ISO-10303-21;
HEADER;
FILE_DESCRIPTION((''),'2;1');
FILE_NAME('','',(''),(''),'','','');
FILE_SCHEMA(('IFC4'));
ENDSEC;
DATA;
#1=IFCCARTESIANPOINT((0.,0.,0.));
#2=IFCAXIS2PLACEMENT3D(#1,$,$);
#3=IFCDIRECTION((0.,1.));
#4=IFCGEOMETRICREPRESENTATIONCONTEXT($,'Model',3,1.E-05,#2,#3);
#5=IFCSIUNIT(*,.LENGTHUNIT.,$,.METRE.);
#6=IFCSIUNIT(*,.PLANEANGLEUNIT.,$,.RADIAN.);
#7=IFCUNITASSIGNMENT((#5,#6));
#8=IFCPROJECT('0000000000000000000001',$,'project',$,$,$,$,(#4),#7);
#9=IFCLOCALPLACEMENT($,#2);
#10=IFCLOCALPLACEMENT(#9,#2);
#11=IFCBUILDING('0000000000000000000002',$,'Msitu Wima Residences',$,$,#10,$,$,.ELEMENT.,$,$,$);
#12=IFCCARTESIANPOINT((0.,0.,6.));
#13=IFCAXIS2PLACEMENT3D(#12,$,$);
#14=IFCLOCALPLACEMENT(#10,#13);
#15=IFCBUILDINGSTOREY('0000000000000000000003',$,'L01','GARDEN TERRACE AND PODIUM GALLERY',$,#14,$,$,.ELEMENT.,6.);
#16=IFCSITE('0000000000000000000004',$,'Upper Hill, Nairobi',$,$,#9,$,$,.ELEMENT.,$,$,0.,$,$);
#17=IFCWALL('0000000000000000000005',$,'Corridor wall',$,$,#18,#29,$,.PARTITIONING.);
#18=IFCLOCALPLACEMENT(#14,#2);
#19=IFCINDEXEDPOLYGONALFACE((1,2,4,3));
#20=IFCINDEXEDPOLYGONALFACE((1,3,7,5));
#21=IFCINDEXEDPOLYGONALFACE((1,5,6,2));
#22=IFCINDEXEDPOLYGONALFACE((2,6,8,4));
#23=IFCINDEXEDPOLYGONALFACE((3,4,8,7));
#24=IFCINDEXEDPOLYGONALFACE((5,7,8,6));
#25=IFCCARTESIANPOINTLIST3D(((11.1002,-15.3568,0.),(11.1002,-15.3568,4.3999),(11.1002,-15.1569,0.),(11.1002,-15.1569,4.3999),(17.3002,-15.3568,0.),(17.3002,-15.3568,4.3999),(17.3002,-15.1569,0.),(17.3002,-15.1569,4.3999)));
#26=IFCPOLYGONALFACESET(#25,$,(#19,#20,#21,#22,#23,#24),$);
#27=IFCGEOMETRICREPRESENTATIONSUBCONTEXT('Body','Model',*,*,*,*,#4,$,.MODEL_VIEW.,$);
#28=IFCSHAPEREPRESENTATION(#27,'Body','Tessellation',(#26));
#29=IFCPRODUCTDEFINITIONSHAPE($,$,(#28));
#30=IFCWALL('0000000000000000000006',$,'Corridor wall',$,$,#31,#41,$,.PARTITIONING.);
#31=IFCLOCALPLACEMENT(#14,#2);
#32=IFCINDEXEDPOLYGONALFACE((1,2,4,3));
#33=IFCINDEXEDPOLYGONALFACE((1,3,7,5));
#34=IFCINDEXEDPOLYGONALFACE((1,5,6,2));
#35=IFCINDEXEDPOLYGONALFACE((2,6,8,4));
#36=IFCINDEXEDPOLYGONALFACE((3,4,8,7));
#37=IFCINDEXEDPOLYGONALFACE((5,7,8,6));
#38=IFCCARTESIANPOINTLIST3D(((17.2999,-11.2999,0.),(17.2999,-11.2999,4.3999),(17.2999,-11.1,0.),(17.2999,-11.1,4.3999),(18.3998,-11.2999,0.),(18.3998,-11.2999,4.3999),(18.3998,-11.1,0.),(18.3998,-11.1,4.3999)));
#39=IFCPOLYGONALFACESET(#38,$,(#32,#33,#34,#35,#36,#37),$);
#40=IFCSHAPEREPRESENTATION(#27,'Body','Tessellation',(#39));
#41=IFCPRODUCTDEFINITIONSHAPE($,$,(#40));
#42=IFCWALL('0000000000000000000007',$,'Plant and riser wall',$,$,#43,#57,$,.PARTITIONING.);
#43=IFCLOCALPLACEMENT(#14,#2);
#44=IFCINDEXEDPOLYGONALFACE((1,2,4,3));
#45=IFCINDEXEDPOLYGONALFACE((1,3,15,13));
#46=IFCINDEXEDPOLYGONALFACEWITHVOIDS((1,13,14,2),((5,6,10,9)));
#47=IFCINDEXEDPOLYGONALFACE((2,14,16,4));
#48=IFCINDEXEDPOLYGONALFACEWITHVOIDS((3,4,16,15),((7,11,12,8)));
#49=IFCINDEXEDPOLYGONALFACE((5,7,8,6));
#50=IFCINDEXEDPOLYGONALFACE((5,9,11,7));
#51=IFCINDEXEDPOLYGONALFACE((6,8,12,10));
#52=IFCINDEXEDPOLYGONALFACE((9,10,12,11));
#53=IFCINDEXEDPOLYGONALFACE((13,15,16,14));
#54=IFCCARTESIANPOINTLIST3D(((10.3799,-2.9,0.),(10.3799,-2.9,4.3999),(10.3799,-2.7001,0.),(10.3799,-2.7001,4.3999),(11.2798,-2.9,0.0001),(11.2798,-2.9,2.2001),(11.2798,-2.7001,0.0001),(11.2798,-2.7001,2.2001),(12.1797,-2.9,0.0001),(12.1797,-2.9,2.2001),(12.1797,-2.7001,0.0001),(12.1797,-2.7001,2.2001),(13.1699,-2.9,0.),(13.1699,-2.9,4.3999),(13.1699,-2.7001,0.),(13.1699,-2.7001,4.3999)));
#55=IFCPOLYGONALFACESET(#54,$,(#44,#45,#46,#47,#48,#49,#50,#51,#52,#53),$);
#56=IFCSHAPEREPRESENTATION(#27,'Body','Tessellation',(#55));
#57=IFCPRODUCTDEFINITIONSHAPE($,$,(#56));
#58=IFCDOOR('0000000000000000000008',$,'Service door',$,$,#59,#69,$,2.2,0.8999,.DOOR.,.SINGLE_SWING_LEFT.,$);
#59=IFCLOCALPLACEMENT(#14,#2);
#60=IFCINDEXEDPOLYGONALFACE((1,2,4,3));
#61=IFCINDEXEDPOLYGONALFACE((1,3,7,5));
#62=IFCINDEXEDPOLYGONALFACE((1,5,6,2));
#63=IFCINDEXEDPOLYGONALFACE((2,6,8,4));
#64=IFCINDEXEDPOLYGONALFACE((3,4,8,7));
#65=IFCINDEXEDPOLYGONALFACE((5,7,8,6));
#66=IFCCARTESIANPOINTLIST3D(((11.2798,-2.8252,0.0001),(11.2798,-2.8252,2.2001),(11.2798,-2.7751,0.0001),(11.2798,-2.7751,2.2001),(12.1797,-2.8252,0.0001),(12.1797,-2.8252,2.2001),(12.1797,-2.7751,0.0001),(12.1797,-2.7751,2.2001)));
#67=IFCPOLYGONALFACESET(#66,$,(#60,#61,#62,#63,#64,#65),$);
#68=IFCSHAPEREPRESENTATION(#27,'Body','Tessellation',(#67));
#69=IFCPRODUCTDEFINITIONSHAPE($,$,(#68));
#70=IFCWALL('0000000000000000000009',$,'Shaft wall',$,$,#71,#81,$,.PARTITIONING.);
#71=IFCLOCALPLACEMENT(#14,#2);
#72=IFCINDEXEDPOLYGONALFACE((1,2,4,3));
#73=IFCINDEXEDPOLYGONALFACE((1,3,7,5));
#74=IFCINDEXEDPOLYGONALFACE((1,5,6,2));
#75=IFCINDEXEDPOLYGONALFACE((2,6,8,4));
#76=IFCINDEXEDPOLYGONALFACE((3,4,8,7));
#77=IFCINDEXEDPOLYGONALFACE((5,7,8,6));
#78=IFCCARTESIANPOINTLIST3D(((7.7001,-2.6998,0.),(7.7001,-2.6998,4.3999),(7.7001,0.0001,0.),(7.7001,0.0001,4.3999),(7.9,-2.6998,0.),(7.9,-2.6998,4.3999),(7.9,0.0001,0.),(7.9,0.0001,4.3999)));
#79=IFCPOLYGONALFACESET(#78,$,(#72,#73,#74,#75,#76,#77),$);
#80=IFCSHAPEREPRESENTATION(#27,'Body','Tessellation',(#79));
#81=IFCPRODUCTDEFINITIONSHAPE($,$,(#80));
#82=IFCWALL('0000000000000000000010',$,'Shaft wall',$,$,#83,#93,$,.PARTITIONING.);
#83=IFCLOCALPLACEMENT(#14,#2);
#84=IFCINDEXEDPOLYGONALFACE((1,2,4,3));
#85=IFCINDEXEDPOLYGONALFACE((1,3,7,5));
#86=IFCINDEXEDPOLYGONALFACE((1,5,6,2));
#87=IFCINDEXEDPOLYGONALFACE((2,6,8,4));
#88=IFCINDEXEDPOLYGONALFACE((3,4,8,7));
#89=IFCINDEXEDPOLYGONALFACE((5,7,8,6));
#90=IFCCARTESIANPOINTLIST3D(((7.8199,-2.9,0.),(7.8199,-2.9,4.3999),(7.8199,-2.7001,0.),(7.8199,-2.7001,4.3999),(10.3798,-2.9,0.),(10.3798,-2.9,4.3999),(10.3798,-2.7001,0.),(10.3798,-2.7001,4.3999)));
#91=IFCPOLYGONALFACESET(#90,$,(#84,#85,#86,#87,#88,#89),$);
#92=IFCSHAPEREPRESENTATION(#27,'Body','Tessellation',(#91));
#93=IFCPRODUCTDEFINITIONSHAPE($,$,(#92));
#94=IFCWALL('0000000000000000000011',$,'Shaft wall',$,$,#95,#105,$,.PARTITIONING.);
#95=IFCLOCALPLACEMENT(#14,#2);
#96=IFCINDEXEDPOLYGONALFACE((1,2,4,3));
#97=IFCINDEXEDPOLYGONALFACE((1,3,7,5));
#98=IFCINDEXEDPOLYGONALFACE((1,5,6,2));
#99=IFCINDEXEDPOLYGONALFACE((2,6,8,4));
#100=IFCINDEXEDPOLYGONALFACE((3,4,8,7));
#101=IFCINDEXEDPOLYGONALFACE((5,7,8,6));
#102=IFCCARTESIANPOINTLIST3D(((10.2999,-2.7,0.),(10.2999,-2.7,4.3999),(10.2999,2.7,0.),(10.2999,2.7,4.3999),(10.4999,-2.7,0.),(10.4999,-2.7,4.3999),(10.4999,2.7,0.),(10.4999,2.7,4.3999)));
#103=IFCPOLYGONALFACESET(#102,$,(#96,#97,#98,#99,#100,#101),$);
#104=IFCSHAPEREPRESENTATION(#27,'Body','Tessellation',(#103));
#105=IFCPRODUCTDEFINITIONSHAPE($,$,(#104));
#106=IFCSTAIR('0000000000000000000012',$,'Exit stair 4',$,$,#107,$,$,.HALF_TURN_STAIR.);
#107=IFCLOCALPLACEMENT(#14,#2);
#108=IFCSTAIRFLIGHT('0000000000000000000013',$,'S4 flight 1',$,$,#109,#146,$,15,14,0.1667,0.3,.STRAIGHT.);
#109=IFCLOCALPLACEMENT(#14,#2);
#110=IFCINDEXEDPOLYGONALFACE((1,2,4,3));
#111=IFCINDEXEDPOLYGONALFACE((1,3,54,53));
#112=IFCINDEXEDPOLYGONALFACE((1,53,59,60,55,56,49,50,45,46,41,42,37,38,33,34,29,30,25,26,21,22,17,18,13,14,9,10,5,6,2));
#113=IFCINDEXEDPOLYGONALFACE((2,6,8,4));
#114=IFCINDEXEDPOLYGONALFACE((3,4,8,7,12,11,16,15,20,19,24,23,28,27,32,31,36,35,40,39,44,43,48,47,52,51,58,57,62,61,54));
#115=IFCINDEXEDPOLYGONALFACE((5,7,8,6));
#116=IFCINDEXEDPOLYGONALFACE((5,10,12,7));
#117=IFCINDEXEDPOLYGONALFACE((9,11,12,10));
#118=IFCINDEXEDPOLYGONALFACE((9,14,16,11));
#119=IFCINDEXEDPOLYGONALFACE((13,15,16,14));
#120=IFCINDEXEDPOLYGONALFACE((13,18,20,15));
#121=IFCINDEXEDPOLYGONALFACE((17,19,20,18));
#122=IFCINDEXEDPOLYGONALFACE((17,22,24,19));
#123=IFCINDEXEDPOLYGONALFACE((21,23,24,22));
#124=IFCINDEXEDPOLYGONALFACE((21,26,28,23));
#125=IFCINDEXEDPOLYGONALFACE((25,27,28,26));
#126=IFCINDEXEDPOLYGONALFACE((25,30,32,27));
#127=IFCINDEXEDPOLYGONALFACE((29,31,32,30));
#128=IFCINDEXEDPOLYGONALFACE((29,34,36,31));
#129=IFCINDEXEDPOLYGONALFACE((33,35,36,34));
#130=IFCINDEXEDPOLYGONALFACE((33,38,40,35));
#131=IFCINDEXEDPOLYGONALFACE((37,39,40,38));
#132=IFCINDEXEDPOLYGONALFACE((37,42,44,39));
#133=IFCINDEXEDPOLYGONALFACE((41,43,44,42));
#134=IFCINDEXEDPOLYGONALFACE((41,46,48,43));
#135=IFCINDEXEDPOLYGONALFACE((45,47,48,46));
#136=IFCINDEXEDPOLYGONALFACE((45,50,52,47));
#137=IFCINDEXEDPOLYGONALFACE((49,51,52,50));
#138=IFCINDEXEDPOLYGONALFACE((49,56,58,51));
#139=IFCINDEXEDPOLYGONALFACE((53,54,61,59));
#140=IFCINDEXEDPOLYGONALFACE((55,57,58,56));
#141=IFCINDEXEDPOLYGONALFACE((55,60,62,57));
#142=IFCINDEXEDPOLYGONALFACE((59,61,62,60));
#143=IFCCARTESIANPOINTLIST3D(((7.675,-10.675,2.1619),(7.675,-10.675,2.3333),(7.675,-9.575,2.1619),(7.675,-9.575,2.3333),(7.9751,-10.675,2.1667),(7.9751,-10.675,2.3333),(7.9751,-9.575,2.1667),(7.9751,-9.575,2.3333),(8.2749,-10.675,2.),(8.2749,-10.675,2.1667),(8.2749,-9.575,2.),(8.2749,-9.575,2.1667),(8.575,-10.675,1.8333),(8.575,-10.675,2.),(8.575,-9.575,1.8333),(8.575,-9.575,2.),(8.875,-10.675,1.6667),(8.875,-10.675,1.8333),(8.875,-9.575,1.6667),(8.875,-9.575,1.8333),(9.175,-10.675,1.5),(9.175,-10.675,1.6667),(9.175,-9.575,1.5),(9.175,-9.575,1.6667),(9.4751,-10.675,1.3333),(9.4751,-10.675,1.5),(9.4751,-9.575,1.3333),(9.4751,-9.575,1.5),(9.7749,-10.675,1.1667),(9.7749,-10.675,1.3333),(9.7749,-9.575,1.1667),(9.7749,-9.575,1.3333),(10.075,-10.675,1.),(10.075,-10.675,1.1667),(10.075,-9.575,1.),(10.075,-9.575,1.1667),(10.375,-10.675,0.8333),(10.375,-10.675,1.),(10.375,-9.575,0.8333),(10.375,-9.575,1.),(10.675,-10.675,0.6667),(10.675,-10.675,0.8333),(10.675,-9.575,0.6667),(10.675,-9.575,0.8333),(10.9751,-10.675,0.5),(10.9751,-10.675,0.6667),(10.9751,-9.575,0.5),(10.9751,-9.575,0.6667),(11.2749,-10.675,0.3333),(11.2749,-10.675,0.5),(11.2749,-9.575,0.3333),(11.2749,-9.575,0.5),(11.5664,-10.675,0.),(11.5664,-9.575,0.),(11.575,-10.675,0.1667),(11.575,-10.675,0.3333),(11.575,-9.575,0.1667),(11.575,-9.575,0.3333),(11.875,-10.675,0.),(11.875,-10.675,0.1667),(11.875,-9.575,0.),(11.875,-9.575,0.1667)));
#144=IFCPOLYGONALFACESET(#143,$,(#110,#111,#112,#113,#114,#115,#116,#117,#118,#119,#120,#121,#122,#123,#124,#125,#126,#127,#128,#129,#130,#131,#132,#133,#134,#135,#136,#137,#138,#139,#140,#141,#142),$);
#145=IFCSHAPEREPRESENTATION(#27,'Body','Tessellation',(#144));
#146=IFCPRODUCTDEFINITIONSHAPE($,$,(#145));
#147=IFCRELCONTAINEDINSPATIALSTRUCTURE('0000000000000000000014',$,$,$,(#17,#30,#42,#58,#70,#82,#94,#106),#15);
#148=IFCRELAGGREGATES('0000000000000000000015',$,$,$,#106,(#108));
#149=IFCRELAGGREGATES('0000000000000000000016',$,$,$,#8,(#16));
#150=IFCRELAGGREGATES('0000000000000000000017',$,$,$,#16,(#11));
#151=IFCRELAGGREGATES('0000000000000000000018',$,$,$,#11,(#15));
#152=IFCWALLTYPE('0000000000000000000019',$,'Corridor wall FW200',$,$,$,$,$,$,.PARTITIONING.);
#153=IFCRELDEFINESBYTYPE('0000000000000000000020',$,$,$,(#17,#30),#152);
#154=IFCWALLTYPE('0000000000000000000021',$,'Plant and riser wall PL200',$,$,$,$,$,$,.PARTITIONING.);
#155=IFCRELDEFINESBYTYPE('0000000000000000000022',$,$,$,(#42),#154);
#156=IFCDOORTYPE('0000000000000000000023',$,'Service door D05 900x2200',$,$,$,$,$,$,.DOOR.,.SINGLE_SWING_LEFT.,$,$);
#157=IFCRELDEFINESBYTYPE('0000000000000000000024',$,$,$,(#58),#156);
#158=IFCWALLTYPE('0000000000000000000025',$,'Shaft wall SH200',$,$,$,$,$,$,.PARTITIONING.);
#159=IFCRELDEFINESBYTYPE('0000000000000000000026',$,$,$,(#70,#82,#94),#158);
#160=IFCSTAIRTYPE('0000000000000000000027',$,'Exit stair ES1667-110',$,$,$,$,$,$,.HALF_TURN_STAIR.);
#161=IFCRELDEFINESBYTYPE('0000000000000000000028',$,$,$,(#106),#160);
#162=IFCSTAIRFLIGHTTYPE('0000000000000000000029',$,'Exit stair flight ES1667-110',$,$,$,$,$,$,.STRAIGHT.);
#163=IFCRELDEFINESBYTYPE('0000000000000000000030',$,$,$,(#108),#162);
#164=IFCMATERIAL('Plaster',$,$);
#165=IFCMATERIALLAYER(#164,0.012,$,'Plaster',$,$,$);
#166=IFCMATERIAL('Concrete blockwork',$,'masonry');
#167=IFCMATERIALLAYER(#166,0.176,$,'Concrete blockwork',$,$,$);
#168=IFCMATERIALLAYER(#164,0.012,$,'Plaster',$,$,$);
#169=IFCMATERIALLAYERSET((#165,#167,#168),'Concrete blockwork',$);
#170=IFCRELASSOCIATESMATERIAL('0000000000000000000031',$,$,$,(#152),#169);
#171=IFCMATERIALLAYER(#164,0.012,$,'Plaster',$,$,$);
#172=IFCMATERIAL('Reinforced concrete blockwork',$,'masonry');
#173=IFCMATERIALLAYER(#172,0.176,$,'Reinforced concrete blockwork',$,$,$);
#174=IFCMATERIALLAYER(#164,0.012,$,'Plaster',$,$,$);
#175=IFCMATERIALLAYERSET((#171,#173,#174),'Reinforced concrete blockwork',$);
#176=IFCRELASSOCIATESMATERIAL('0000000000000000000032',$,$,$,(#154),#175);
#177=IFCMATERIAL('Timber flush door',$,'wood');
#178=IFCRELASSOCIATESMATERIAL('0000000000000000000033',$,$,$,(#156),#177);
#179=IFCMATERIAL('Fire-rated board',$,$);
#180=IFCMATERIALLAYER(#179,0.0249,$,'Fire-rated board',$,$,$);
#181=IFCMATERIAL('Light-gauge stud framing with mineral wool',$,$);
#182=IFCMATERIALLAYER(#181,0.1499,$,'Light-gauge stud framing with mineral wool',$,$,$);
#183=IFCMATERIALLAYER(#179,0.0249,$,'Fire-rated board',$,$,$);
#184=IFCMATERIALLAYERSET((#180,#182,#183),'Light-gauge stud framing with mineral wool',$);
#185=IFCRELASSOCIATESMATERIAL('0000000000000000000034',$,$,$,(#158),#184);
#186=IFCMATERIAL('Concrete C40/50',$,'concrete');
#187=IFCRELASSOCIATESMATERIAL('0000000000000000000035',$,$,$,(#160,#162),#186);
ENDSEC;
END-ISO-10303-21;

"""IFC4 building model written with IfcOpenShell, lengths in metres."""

from ifc_helpers import new_model, si_unit, direction, frame, frame_2d, origin, place, context, subcontext, project, spatial, polyline, rectangle, outline, extrude, material, layer, layer_set, type_object, element, fill, aggregate, save


model = new_model("IFC4")

# Units and contexts
model_context = context("Model", 3, precision=1e-05, world=origin(), true_north=direction((0.0, 1.0)))
body_context = subcontext(model_context, "Body", "Model", "MODEL_VIEW")
ifc_project = project(units=[si_unit("LENGTHUNIT", "METRE"), si_unit("PLANEANGLEUNIT", "RADIAN")], contexts=[model_context])

# Site, building, storey
site_placement = place(None, origin())
site = spatial("IfcSite", under=ifc_project, at=site_placement, Name="Upper Hill, Nairobi", CompositionType="ELEMENT", RefElevation=0.0)
building_placement = place(site_placement, origin())
building = spatial("IfcBuilding", under=site, at=building_placement, Name="Msitu Wima Residences", CompositionType="ELEMENT")
storey_placement = place(building_placement, frame((0.0, 0.0, 6.0)))
storey = spatial("IfcBuildingStorey", under=building, at=storey_placement, Name="L01", Description="GARDEN TERRACE AND PODIUM GALLERY", CompositionType="ELEMENT", Elevation=6.0)

# Shared definitions
ifc_material_1 = material(Name="Plaster")
ifc_layer_1 = layer(ifc_material_1, 0.012, Name="Plaster")
ifc_material_2 = material(Name="Concrete blockwork", Category="masonry")
ifc_layer_2 = layer(ifc_material_2, 0.176, Name="Concrete blockwork")
ifc_layer_3 = layer(ifc_material_1, 0.012, Name="Plaster")
ifc_layer_set_1 = layer_set([ifc_layer_1, ifc_layer_2, ifc_layer_3], Name="Concrete blockwork")
wall_type_1 = type_object("IfcWallType", Name="Corridor wall FW200", PredefinedType="PARTITIONING", material=ifc_layer_set_1)

# Walls
wall_1_placement = place(storey_placement, frame((11.1001, -15.2568, 0.0), z_axis=(0.0, 0.0, 1.0), x_axis=(1.0, 0.0, 0.0)))
element("IfcWall", 1, at=wall_1_placement, inside=storey, type_object=wall_type_1, Name="Corridor wall", PredefinedType="PARTITIONING", context=body_context, shape_type="SweptSolid", body=[
    extrude(rectangle(XDim=6.2, YDim=0.2, at=frame_2d((3.1001, 0.0))), origin(), (0.0, 0.0, 1.0), 4.3999),
])
wall_2_placement = place(storey_placement, frame((17.3, -11.2, 0.0), z_axis=(0.0, 0.0, 1.0), x_axis=(1.0, 0.0, 0.0)))
element("IfcWall", 2, at=wall_2_placement, inside=storey, type_object=wall_type_1, Name="Corridor wall", PredefinedType="PARTITIONING", context=body_context, shape_type="SweptSolid", body=[
    extrude(rectangle(XDim=1.0999, YDim=0.2, at=frame_2d((0.5498, 0.0))), origin(), (0.0, 0.0, 1.0), 4.3999),
])

# Wall, opening, door
ifc_layer_4 = layer(ifc_material_1, 0.012, Name="Plaster")
ifc_material_3 = material(Name="Reinforced concrete blockwork", Category="masonry")
ifc_layer_5 = layer(ifc_material_3, 0.176, Name="Reinforced concrete blockwork")
ifc_layer_6 = layer(ifc_material_1, 0.012, Name="Plaster")
ifc_layer_set_2 = layer_set([ifc_layer_4, ifc_layer_5, ifc_layer_6], Name="Reinforced concrete blockwork")
wall_type_2 = type_object("IfcWallType", Name="Plant and riser wall PL200", PredefinedType="PARTITIONING", material=ifc_layer_set_2)
wall_3_placement = place(storey_placement, frame((10.3799, -2.8, 0.0), z_axis=(0.0, 0.0, 1.0), x_axis=(1.0, 0.0, 0.0)))
wall_3 = element("IfcWall", 3, at=wall_3_placement, inside=storey, type_object=wall_type_2, Name="Plant and riser wall", PredefinedType="PARTITIONING", context=body_context, shape_type="SweptSolid", body=[
    extrude(rectangle(XDim=2.79, YDim=0.2, at=frame_2d((1.395, 0.0))), origin(), (0.0, 0.0, 1.0), 4.3999),
])
opening_1_placement = place(wall_3_placement, frame((0.8999, 0.0, 0.0)))
opening_1 = element("IfcOpeningElement", 4, at=opening_1_placement, cuts=wall_3, PredefinedType="OPENING", context=body_context, shape_type="SweptSolid", body=[
    extrude(rectangle(XDim=0.8999, YDim=2.2, at=frame_2d((0.45, 1.1001))), frame((0.0, 0.1099, 0.0), z_axis=(0.0, -1.0, 0.0), x_axis=(1.0, 0.0, 0.0)), (0.0, 0.0, 1.0), 0.22),
])
ifc_material_4 = material(Name="Timber flush door", Category="wood")
door_type_1 = type_object("IfcDoorType", Name="Service door D05 900x2200", OperationType="SINGLE_SWING_LEFT", PredefinedType="DOOR", material=ifc_material_4)
door_1_placement = place(opening_1_placement, origin())
door_1 = element("IfcDoor", 5, at=door_1_placement, inside=storey, type_object=door_type_1, Name="Service door", OperationType="SINGLE_SWING_LEFT", OverallHeight=2.2, OverallWidth=0.8999, PredefinedType="DOOR", context=body_context, shape_type="SweptSolid", body=[
    extrude(rectangle(XDim=0.8999, YDim=2.2, at=frame_2d((0.45, 1.1001))), frame((0.0, 0.0249, 0.0), z_axis=(0.0, -1.0, 0.0), x_axis=(1.0, 0.0, 0.0)), (0.0, 0.0, 1.0), 0.05),
])
fill(opening_1, door_1)

# Walls
ifc_material_5 = material(Name="Fire-rated board")
ifc_layer_7 = layer(ifc_material_5, 0.0249, Name="Fire-rated board")
ifc_material_6 = material(Name="Light-gauge stud framing with mineral wool")
ifc_layer_8 = layer(ifc_material_6, 0.1499, Name="Light-gauge stud framing with mineral wool")
ifc_layer_9 = layer(ifc_material_5, 0.0249, Name="Fire-rated board")
ifc_layer_set_3 = layer_set([ifc_layer_7, ifc_layer_8, ifc_layer_9], Name="Light-gauge stud framing with mineral wool")
wall_type_3 = type_object("IfcWallType", Name="Shaft wall SH200", PredefinedType="PARTITIONING", material=ifc_layer_set_3)
wall_4_placement = place(storey_placement, frame((7.8, -2.7, 0.0), z_axis=(0.0, 0.0, 1.0), x_axis=(0.0, 1.0, 0.0)))
element("IfcWall", 6, at=wall_4_placement, inside=storey, type_object=wall_type_3, Name="Shaft wall", PredefinedType="PARTITIONING", context=body_context, shape_type="SweptSolid", body=[
    extrude(rectangle(XDim=2.7, YDim=0.2, at=frame_2d((1.3501, 0.0))), origin(), (0.0, 0.0, 1.0), 4.3999),
])
wall_5_placement = place(storey_placement, frame((7.8201, -2.8, 0.0), z_axis=(0.0, 0.0, 1.0), x_axis=(1.0, 0.0, 0.0)))
element("IfcWall", 7, at=wall_5_placement, inside=storey, type_object=wall_type_3, Name="Shaft wall", PredefinedType="PARTITIONING", context=body_context, shape_type="SweptSolid", body=[
    extrude(rectangle(XDim=2.5598, YDim=0.2, at=frame_2d((1.2798, 0.0))), origin(), (0.0, 0.0, 1.0), 4.3999),
])
wall_6_placement = place(storey_placement, frame((10.3999, -2.7, 0.0), z_axis=(0.0, 0.0, 1.0), x_axis=(0.0, 1.0, 0.0)))
element("IfcWall", 8, at=wall_6_placement, inside=storey, type_object=wall_type_3, Name="Shaft wall", PredefinedType="PARTITIONING", context=body_context, shape_type="SweptSolid", body=[
    extrude(rectangle(XDim=5.3999, YDim=0.2, at=frame_2d((2.7, 0.0))), origin(), (0.0, 0.0, 1.0), 4.3999),
])

# Stair, stair flight
ifc_material_7 = material(Name="Concrete C40/50", Category="concrete")
stair_type_1 = type_object("IfcStairType", Name="Exit stair ES1667-110", PredefinedType="HALF_TURN_STAIR", material=ifc_material_7)
stair_1_placement = place(storey_placement, origin())
stair_1 = element("IfcStair", 9, at=stair_1_placement, inside=storey, type_object=stair_type_1, Name="Exit stair 4", PredefinedType="HALF_TURN_STAIR")
stair_flight_type_1 = type_object("IfcStairFlightType", Name="Exit stair flight ES1667-110", PredefinedType="STRAIGHT", material=ifc_material_7)
stair_flight_1_placement = place(storey_placement, frame((11.875, -10.125, 0.0), z_axis=(0.0, 0.0, 1.0), x_axis=(-1.0, 0.0, 0.0)))
stair_flight_1 = element("IfcStairFlight", 10, at=stair_flight_1_placement, type_object=stair_flight_type_1, Name="S4 flight 1", NumberOfRisers=15, NumberOfTreads=14, PredefinedType="STRAIGHT", RiserHeight=0.1667, TreadLength=0.3, context=body_context, shape_type="SweptSolid", body=[
    extrude(outline(polyline([(0.0, 0.0), (0.0, 0.1667), (0.3, 0.1667), (0.3, 0.3333), (0.6001, 0.3333), (0.6001, 0.5), (0.8999, 0.5), (0.8999, 0.6667), (1.2, 0.6667), (1.2, 0.8333), (1.5, 0.8333), (1.5, 1.0), (1.8, 1.0), (1.8, 1.1667), (2.1001, 1.1667), (2.1001, 1.3333), (2.3999, 1.3333), (2.3999, 1.5), (2.7, 1.5), (2.7, 1.6667), (3.0, 1.6667), (3.0, 1.8333), (3.3, 1.8333), (3.3, 2.0), (3.6001, 2.0), (3.6001, 2.1667), (3.8999, 2.1667), (3.8999, 2.3333), (4.2, 2.3333), (4.2, 2.5), (4.2, 2.1619), (0.3086, 0.0), (0.0, 0.0)])), frame((0.0, 0.55, 0.0), z_axis=(0.0, -1.0, 0.0), x_axis=(1.0, 0.0, 0.0)), (0.0, 0.0, 1.0), 1.1001),
])
aggregate(stair_1, [stair_flight_1])

save(model, "model.ifc")
